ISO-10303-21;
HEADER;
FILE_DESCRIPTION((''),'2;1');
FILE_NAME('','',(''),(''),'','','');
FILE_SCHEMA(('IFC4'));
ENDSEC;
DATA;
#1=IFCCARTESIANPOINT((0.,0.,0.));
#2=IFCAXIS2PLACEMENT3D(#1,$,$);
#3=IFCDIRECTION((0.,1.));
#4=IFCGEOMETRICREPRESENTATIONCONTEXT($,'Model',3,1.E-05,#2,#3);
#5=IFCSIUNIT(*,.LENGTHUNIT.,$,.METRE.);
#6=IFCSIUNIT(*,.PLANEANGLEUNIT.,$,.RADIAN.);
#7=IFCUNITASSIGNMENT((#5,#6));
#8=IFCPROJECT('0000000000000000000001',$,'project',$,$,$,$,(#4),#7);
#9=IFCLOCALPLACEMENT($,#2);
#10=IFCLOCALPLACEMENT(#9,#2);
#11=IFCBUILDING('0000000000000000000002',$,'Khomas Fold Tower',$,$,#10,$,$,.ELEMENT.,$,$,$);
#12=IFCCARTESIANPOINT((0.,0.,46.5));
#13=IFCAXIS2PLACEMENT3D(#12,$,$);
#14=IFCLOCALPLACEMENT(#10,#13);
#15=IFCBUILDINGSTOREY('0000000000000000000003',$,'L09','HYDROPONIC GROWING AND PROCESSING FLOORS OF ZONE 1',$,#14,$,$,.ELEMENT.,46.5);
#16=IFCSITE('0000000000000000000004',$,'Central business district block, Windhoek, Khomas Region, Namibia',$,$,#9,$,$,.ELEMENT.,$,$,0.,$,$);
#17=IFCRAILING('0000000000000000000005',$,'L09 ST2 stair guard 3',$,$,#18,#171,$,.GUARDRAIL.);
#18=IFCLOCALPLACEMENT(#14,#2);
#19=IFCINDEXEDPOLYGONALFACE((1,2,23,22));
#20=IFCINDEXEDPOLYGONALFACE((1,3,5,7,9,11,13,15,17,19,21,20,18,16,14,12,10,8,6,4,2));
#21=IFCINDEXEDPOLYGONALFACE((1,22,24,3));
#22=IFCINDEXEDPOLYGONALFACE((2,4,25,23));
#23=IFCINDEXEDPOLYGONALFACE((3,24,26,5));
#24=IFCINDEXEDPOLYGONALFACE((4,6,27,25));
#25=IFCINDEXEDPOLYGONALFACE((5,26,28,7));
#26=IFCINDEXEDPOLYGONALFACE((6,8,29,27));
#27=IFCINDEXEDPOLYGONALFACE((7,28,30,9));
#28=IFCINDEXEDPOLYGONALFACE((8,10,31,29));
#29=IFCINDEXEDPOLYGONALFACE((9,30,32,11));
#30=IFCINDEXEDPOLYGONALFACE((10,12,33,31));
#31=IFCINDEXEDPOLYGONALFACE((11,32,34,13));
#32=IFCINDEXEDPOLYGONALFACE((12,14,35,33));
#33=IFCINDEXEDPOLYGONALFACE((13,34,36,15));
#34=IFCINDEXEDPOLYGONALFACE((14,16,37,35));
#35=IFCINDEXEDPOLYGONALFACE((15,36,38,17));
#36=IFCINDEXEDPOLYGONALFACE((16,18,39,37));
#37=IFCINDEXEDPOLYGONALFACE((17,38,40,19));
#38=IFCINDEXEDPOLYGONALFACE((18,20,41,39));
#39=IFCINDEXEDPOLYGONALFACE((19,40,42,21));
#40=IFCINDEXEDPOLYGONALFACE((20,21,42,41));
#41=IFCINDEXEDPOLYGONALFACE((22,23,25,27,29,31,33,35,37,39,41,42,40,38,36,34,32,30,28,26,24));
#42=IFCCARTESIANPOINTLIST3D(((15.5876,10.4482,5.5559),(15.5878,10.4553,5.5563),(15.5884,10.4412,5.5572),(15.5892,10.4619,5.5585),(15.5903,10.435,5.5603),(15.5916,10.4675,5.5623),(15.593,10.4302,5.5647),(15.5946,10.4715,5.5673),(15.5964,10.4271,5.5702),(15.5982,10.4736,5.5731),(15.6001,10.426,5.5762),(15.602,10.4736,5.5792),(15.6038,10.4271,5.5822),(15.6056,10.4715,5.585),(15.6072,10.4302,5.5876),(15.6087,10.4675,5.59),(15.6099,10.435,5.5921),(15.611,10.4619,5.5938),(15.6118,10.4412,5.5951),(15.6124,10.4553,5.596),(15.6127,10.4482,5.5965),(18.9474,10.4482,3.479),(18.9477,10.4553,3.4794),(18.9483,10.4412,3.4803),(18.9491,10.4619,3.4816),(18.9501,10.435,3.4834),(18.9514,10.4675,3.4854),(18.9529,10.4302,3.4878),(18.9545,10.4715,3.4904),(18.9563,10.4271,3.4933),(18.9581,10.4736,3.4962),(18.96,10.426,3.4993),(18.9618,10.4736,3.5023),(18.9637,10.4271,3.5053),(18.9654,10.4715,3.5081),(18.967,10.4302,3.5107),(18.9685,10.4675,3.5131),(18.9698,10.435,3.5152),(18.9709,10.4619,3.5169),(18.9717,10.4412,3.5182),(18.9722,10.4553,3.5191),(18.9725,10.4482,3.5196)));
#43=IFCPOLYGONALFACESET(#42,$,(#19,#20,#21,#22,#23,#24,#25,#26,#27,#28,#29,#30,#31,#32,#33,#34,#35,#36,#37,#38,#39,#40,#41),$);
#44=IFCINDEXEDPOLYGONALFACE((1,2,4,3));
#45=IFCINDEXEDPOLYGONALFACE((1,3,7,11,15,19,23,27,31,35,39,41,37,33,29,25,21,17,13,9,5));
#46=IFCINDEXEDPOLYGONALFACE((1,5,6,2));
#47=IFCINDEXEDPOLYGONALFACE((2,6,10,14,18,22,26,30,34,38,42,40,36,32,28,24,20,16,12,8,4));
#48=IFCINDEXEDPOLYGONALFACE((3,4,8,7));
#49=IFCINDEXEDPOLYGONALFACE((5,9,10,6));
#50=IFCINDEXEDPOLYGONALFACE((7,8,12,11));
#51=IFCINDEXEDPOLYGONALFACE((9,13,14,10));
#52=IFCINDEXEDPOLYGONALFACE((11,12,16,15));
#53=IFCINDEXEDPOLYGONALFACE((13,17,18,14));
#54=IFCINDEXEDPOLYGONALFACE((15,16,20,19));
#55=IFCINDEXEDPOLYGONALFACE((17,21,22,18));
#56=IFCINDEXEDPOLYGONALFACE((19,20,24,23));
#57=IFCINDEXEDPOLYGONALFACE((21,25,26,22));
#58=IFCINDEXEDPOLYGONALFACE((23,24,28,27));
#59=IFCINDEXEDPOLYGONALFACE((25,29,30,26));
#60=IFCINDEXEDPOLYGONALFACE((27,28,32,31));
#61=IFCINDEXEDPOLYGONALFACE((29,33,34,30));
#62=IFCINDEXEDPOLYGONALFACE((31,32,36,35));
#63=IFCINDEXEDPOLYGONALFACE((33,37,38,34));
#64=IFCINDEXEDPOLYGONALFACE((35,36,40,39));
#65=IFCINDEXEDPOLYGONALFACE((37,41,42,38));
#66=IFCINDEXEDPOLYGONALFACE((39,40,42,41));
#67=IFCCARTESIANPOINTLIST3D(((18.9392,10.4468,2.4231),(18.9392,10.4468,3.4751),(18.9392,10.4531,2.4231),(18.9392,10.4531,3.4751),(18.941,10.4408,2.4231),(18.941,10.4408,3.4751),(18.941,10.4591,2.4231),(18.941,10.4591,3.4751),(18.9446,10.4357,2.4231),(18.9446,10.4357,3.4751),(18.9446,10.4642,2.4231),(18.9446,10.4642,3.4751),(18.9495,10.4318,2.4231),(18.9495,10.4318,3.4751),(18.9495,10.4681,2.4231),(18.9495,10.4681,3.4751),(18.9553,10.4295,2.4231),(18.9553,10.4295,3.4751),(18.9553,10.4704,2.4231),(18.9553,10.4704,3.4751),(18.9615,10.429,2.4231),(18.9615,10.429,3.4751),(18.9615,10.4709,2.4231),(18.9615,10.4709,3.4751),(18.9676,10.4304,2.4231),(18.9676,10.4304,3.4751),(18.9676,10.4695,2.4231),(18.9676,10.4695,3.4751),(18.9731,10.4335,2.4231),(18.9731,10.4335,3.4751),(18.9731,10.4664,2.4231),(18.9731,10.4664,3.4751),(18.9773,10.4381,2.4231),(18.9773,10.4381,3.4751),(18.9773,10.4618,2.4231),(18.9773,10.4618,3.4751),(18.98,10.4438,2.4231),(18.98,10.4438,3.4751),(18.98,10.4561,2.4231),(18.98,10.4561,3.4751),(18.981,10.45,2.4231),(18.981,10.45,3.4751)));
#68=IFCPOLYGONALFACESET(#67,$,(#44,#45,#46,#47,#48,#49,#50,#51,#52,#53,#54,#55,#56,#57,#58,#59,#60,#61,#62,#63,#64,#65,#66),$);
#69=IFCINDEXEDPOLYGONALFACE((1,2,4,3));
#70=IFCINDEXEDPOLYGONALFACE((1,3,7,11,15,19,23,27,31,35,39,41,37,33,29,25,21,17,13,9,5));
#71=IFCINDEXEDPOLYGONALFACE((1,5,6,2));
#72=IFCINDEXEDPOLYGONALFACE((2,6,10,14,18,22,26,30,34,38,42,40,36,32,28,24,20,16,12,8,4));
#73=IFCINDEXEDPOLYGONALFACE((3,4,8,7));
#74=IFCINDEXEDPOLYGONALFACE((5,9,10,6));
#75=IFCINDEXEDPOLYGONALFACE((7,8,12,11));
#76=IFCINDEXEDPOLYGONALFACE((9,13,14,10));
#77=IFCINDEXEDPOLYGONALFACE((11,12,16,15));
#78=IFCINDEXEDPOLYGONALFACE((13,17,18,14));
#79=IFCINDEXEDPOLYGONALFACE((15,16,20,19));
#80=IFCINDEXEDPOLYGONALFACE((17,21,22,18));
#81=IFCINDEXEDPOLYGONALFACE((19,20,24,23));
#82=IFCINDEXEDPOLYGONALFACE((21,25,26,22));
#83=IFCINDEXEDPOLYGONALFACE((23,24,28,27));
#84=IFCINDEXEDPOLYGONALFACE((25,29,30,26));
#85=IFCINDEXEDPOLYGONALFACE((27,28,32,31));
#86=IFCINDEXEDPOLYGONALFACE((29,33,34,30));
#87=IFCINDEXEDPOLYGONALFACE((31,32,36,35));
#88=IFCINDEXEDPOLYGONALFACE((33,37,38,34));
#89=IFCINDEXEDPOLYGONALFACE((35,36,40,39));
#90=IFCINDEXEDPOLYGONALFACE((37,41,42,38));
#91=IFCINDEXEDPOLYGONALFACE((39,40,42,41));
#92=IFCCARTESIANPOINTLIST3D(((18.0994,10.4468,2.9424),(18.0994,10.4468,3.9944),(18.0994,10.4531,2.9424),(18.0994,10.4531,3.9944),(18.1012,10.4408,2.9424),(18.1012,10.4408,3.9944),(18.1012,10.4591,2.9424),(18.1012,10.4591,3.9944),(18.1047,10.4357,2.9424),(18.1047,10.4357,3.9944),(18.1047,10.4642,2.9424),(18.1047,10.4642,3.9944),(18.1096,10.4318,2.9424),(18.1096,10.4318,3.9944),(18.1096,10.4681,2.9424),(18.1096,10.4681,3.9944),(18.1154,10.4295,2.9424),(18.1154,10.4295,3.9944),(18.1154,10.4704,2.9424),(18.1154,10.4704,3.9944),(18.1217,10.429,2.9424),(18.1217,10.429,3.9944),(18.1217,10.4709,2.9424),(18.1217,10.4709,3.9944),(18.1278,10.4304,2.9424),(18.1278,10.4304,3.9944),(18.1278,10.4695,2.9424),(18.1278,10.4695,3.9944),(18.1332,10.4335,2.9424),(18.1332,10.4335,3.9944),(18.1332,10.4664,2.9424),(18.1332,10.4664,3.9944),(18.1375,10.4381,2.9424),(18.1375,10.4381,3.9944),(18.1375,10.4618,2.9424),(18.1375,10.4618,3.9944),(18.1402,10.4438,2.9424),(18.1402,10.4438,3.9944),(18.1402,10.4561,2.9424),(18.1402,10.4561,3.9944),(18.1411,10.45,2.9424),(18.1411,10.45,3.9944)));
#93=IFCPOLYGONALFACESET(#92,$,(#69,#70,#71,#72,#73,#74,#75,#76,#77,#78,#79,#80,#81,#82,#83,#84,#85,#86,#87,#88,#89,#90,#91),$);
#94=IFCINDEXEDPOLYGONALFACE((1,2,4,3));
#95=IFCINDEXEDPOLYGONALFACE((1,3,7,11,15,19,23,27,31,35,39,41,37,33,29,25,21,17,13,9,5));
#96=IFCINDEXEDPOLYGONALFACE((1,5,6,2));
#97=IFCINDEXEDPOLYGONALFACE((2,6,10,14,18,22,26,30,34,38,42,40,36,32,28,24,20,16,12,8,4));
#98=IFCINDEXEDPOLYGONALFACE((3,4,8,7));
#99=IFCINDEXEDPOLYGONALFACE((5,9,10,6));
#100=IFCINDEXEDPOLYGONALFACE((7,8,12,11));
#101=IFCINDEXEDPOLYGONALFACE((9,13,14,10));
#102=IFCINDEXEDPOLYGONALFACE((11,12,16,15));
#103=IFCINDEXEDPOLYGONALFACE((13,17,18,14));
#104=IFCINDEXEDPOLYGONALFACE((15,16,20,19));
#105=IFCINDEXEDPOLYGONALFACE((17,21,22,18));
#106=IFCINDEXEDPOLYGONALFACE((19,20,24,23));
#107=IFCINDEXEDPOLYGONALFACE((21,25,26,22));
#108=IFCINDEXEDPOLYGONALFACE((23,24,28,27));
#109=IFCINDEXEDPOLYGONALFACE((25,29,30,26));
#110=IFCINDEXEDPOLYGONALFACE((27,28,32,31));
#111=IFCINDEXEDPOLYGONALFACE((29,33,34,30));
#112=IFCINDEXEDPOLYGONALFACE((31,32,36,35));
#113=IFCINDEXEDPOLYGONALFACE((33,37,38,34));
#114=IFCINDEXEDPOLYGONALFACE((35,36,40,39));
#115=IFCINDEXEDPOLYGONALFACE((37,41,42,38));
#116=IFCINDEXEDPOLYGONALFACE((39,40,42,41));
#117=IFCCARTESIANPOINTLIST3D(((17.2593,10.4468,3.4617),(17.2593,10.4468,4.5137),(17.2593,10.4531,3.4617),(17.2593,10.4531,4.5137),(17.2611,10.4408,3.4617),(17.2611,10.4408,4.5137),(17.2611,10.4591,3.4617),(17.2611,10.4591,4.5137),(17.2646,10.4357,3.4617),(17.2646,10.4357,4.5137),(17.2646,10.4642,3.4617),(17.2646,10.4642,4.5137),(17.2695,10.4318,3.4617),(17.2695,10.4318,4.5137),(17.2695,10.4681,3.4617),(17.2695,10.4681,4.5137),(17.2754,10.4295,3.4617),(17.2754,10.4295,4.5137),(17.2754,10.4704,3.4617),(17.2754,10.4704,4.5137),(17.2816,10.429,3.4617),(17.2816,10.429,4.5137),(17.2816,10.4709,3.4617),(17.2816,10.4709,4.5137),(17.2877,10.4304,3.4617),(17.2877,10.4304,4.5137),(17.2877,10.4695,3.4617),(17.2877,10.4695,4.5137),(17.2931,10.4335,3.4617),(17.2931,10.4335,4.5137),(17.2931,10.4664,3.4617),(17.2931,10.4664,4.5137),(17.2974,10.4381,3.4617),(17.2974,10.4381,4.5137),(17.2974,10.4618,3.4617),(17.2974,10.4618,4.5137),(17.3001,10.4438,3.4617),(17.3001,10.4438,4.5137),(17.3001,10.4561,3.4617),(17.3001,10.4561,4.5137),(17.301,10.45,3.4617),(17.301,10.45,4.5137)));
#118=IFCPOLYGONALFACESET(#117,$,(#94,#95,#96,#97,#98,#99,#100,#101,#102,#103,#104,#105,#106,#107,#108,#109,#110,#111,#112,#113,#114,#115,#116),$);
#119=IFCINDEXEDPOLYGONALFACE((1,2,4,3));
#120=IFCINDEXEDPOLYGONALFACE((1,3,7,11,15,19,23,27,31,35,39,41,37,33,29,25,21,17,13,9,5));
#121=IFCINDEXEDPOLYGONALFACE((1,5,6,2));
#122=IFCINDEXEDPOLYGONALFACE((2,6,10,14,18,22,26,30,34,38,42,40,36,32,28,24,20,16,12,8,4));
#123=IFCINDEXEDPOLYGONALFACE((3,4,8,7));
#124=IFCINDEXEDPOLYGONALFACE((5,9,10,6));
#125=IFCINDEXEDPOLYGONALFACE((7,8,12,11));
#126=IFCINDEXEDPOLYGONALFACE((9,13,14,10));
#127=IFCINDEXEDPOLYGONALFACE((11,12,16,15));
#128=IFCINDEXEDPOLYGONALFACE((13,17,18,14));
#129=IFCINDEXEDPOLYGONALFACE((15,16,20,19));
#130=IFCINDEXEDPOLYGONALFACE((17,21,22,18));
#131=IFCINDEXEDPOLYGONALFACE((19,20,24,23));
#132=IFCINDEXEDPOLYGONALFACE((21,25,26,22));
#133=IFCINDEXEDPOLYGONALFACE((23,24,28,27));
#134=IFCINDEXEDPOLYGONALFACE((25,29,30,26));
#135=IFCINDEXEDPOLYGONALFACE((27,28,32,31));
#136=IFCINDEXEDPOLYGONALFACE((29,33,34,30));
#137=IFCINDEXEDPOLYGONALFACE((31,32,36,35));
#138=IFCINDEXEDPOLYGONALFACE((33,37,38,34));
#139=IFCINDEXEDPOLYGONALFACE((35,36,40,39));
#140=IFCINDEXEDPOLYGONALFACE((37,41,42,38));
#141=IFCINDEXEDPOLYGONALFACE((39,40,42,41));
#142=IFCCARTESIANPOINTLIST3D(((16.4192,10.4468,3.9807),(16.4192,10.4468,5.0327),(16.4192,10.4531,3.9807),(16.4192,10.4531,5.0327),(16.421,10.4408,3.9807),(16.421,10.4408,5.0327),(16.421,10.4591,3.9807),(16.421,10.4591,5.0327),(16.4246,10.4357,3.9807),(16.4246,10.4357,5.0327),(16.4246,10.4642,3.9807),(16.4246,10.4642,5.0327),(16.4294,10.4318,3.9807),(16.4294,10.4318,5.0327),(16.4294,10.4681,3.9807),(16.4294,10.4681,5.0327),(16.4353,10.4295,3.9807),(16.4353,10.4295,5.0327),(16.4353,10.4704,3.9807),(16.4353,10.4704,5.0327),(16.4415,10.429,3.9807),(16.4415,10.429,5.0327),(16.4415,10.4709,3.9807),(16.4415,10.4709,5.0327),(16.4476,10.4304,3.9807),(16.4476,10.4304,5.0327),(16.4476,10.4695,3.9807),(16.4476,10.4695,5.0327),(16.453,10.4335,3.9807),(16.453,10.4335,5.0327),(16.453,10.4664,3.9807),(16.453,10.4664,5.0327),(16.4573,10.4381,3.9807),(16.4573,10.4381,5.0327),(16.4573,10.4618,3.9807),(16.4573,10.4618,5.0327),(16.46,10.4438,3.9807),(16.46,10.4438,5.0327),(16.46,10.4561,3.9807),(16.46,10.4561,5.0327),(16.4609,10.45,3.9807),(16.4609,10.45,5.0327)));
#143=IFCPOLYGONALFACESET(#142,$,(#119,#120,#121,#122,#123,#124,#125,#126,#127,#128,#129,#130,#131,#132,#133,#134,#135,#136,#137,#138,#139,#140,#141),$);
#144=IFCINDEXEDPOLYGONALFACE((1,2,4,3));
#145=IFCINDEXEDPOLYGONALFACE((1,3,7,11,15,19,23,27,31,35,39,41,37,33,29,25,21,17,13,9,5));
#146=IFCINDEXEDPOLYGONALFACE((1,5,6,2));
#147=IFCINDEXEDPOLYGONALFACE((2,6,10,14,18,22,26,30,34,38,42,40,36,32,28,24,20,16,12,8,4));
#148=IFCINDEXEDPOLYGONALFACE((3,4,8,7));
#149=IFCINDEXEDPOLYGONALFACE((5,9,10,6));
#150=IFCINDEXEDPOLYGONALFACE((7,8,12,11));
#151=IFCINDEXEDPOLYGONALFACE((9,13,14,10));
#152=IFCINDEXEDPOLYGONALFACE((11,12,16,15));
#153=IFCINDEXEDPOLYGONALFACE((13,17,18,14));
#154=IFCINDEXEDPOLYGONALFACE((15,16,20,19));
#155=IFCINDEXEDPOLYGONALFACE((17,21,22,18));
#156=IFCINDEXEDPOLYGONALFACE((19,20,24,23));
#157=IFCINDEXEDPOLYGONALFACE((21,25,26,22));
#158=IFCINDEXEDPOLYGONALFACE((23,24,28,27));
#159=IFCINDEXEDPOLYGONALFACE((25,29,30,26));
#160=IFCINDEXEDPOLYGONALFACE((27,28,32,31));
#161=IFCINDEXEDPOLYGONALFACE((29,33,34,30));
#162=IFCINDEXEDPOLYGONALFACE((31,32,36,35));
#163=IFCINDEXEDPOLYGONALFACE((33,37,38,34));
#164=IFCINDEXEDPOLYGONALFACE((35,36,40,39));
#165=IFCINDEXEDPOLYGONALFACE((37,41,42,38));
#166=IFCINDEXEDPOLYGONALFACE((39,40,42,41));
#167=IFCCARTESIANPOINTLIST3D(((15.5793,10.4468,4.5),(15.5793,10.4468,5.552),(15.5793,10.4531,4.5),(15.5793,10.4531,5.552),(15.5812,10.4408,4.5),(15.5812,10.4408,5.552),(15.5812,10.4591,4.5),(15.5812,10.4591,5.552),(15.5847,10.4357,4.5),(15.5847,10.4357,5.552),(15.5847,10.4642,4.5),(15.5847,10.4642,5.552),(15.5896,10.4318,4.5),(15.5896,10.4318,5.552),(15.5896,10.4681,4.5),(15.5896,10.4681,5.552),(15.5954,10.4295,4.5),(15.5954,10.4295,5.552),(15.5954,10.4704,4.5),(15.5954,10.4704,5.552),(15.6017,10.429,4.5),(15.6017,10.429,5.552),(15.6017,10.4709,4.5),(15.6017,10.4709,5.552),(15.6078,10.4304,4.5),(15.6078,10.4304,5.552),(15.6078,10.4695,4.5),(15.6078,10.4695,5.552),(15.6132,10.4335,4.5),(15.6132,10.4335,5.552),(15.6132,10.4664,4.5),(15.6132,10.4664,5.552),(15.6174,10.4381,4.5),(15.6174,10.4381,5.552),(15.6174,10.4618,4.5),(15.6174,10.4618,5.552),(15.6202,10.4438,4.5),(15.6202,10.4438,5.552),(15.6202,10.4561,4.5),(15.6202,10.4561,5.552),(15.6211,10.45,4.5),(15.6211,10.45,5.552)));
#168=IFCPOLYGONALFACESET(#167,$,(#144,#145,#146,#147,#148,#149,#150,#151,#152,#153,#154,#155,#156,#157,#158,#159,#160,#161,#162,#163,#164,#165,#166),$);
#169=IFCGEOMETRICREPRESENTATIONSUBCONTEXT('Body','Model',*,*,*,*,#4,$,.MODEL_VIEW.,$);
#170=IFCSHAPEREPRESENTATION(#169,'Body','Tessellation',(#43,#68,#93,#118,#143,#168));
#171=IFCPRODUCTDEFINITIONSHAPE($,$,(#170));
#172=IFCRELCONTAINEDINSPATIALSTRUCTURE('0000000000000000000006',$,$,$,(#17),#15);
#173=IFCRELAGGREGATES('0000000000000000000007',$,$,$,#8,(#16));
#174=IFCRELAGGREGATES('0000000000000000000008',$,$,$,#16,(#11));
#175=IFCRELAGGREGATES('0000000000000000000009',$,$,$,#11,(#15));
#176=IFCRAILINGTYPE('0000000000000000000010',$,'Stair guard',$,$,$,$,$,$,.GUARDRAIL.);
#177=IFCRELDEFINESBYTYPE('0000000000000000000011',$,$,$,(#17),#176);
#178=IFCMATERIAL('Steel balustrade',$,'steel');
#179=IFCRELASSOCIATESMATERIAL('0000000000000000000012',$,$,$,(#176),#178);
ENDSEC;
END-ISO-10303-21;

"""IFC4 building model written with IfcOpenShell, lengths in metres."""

from ifc_helpers import new_model, si_unit, direction, frame, origin, origin_2d, place, context, subcontext, project, spatial, circle, extrude, source, transform, mapped, material, type_object, element, save


model = new_model("IFC4")

# Units and contexts
model_context = context("Model", 3, precision=1e-05, world=origin(), true_north=direction((0.0, 1.0)))
body_context = subcontext(model_context, "Body", "Model", "MODEL_VIEW")
ifc_project = project(units=[si_unit("LENGTHUNIT", "METRE"), si_unit("PLANEANGLEUNIT", "RADIAN")], contexts=[model_context])

# Site, building, storey
site_placement = place(None, origin())
site = spatial("IfcSite", under=ifc_project, at=site_placement, Name="Central business district block, Windhoek, Khomas Region, Namibia", CompositionType="ELEMENT", RefElevation=0.0)
building_placement = place(site_placement, origin())
building = spatial("IfcBuilding", under=site, at=building_placement, Name="Khomas Fold Tower", CompositionType="ELEMENT")
storey_placement = place(building_placement, frame((0.0, 0.0, 46.5)))
storey = spatial("IfcBuildingStorey", under=building, at=storey_placement, Name="L09", Description="HYDROPONIC GROWING AND PROCESSING FLOORS OF ZONE 1", CompositionType="ELEMENT", Elevation=46.5)

# Railing
ifc_material_1 = material(Name="Steel balustrade", Category="steel")
railing_type_1 = type_object("IfcRailingType", Name="Stair guard", PredefinedType="GUARDRAIL", material=ifc_material_1)
shared_shape_1 = source(origin(), body_context, "Body", "SweptSolid", [
    extrude(circle(Radius=0.0239, at=origin_2d()), frame((0.0, 0.0, 1.0762), z_axis=(-0.850606, 0.0, 0.525803), x_axis=(0.0, -1.0, 0.0)), (0.0, 0.0, 1.0), 3.95),
    extrude(circle(Radius=0.021, at=origin_2d()), origin(), (0.0, 0.0, 1.0), 1.052),
    extrude(circle(Radius=0.021, at=origin_2d()), frame((-0.8398, 0.0, 0.5193)), (0.0, 0.0, 1.0), 1.052),
    extrude(circle(Radius=0.021, at=origin_2d()), frame((-1.6799, 0.0, 1.0386)), (0.0, 0.0, 1.0), 1.052),
    extrude(circle(Radius=0.021, at=origin_2d()), frame((-2.52, 0.0, 1.5576)), (0.0, 0.0, 1.0), 1.052),
    extrude(circle(Radius=0.021, at=origin_2d()), frame((-3.3599, 0.0, 2.0769)), (0.0, 0.0, 1.0), 1.052),
])
railing_1_placement = place(storey_placement, frame((18.96, 10.45, 2.4231)))
element("IfcRailing", 1, at=railing_1_placement, inside=storey, type_object=railing_type_1, Name="L09 ST2 stair guard 3", PredefinedType="GUARDRAIL", context=body_context, shape_type="MappedRepresentation", body=[
    mapped(shared_shape_1, transform((0.0, 0.0, 0.0))),
])

save(model, "model.ifc")
